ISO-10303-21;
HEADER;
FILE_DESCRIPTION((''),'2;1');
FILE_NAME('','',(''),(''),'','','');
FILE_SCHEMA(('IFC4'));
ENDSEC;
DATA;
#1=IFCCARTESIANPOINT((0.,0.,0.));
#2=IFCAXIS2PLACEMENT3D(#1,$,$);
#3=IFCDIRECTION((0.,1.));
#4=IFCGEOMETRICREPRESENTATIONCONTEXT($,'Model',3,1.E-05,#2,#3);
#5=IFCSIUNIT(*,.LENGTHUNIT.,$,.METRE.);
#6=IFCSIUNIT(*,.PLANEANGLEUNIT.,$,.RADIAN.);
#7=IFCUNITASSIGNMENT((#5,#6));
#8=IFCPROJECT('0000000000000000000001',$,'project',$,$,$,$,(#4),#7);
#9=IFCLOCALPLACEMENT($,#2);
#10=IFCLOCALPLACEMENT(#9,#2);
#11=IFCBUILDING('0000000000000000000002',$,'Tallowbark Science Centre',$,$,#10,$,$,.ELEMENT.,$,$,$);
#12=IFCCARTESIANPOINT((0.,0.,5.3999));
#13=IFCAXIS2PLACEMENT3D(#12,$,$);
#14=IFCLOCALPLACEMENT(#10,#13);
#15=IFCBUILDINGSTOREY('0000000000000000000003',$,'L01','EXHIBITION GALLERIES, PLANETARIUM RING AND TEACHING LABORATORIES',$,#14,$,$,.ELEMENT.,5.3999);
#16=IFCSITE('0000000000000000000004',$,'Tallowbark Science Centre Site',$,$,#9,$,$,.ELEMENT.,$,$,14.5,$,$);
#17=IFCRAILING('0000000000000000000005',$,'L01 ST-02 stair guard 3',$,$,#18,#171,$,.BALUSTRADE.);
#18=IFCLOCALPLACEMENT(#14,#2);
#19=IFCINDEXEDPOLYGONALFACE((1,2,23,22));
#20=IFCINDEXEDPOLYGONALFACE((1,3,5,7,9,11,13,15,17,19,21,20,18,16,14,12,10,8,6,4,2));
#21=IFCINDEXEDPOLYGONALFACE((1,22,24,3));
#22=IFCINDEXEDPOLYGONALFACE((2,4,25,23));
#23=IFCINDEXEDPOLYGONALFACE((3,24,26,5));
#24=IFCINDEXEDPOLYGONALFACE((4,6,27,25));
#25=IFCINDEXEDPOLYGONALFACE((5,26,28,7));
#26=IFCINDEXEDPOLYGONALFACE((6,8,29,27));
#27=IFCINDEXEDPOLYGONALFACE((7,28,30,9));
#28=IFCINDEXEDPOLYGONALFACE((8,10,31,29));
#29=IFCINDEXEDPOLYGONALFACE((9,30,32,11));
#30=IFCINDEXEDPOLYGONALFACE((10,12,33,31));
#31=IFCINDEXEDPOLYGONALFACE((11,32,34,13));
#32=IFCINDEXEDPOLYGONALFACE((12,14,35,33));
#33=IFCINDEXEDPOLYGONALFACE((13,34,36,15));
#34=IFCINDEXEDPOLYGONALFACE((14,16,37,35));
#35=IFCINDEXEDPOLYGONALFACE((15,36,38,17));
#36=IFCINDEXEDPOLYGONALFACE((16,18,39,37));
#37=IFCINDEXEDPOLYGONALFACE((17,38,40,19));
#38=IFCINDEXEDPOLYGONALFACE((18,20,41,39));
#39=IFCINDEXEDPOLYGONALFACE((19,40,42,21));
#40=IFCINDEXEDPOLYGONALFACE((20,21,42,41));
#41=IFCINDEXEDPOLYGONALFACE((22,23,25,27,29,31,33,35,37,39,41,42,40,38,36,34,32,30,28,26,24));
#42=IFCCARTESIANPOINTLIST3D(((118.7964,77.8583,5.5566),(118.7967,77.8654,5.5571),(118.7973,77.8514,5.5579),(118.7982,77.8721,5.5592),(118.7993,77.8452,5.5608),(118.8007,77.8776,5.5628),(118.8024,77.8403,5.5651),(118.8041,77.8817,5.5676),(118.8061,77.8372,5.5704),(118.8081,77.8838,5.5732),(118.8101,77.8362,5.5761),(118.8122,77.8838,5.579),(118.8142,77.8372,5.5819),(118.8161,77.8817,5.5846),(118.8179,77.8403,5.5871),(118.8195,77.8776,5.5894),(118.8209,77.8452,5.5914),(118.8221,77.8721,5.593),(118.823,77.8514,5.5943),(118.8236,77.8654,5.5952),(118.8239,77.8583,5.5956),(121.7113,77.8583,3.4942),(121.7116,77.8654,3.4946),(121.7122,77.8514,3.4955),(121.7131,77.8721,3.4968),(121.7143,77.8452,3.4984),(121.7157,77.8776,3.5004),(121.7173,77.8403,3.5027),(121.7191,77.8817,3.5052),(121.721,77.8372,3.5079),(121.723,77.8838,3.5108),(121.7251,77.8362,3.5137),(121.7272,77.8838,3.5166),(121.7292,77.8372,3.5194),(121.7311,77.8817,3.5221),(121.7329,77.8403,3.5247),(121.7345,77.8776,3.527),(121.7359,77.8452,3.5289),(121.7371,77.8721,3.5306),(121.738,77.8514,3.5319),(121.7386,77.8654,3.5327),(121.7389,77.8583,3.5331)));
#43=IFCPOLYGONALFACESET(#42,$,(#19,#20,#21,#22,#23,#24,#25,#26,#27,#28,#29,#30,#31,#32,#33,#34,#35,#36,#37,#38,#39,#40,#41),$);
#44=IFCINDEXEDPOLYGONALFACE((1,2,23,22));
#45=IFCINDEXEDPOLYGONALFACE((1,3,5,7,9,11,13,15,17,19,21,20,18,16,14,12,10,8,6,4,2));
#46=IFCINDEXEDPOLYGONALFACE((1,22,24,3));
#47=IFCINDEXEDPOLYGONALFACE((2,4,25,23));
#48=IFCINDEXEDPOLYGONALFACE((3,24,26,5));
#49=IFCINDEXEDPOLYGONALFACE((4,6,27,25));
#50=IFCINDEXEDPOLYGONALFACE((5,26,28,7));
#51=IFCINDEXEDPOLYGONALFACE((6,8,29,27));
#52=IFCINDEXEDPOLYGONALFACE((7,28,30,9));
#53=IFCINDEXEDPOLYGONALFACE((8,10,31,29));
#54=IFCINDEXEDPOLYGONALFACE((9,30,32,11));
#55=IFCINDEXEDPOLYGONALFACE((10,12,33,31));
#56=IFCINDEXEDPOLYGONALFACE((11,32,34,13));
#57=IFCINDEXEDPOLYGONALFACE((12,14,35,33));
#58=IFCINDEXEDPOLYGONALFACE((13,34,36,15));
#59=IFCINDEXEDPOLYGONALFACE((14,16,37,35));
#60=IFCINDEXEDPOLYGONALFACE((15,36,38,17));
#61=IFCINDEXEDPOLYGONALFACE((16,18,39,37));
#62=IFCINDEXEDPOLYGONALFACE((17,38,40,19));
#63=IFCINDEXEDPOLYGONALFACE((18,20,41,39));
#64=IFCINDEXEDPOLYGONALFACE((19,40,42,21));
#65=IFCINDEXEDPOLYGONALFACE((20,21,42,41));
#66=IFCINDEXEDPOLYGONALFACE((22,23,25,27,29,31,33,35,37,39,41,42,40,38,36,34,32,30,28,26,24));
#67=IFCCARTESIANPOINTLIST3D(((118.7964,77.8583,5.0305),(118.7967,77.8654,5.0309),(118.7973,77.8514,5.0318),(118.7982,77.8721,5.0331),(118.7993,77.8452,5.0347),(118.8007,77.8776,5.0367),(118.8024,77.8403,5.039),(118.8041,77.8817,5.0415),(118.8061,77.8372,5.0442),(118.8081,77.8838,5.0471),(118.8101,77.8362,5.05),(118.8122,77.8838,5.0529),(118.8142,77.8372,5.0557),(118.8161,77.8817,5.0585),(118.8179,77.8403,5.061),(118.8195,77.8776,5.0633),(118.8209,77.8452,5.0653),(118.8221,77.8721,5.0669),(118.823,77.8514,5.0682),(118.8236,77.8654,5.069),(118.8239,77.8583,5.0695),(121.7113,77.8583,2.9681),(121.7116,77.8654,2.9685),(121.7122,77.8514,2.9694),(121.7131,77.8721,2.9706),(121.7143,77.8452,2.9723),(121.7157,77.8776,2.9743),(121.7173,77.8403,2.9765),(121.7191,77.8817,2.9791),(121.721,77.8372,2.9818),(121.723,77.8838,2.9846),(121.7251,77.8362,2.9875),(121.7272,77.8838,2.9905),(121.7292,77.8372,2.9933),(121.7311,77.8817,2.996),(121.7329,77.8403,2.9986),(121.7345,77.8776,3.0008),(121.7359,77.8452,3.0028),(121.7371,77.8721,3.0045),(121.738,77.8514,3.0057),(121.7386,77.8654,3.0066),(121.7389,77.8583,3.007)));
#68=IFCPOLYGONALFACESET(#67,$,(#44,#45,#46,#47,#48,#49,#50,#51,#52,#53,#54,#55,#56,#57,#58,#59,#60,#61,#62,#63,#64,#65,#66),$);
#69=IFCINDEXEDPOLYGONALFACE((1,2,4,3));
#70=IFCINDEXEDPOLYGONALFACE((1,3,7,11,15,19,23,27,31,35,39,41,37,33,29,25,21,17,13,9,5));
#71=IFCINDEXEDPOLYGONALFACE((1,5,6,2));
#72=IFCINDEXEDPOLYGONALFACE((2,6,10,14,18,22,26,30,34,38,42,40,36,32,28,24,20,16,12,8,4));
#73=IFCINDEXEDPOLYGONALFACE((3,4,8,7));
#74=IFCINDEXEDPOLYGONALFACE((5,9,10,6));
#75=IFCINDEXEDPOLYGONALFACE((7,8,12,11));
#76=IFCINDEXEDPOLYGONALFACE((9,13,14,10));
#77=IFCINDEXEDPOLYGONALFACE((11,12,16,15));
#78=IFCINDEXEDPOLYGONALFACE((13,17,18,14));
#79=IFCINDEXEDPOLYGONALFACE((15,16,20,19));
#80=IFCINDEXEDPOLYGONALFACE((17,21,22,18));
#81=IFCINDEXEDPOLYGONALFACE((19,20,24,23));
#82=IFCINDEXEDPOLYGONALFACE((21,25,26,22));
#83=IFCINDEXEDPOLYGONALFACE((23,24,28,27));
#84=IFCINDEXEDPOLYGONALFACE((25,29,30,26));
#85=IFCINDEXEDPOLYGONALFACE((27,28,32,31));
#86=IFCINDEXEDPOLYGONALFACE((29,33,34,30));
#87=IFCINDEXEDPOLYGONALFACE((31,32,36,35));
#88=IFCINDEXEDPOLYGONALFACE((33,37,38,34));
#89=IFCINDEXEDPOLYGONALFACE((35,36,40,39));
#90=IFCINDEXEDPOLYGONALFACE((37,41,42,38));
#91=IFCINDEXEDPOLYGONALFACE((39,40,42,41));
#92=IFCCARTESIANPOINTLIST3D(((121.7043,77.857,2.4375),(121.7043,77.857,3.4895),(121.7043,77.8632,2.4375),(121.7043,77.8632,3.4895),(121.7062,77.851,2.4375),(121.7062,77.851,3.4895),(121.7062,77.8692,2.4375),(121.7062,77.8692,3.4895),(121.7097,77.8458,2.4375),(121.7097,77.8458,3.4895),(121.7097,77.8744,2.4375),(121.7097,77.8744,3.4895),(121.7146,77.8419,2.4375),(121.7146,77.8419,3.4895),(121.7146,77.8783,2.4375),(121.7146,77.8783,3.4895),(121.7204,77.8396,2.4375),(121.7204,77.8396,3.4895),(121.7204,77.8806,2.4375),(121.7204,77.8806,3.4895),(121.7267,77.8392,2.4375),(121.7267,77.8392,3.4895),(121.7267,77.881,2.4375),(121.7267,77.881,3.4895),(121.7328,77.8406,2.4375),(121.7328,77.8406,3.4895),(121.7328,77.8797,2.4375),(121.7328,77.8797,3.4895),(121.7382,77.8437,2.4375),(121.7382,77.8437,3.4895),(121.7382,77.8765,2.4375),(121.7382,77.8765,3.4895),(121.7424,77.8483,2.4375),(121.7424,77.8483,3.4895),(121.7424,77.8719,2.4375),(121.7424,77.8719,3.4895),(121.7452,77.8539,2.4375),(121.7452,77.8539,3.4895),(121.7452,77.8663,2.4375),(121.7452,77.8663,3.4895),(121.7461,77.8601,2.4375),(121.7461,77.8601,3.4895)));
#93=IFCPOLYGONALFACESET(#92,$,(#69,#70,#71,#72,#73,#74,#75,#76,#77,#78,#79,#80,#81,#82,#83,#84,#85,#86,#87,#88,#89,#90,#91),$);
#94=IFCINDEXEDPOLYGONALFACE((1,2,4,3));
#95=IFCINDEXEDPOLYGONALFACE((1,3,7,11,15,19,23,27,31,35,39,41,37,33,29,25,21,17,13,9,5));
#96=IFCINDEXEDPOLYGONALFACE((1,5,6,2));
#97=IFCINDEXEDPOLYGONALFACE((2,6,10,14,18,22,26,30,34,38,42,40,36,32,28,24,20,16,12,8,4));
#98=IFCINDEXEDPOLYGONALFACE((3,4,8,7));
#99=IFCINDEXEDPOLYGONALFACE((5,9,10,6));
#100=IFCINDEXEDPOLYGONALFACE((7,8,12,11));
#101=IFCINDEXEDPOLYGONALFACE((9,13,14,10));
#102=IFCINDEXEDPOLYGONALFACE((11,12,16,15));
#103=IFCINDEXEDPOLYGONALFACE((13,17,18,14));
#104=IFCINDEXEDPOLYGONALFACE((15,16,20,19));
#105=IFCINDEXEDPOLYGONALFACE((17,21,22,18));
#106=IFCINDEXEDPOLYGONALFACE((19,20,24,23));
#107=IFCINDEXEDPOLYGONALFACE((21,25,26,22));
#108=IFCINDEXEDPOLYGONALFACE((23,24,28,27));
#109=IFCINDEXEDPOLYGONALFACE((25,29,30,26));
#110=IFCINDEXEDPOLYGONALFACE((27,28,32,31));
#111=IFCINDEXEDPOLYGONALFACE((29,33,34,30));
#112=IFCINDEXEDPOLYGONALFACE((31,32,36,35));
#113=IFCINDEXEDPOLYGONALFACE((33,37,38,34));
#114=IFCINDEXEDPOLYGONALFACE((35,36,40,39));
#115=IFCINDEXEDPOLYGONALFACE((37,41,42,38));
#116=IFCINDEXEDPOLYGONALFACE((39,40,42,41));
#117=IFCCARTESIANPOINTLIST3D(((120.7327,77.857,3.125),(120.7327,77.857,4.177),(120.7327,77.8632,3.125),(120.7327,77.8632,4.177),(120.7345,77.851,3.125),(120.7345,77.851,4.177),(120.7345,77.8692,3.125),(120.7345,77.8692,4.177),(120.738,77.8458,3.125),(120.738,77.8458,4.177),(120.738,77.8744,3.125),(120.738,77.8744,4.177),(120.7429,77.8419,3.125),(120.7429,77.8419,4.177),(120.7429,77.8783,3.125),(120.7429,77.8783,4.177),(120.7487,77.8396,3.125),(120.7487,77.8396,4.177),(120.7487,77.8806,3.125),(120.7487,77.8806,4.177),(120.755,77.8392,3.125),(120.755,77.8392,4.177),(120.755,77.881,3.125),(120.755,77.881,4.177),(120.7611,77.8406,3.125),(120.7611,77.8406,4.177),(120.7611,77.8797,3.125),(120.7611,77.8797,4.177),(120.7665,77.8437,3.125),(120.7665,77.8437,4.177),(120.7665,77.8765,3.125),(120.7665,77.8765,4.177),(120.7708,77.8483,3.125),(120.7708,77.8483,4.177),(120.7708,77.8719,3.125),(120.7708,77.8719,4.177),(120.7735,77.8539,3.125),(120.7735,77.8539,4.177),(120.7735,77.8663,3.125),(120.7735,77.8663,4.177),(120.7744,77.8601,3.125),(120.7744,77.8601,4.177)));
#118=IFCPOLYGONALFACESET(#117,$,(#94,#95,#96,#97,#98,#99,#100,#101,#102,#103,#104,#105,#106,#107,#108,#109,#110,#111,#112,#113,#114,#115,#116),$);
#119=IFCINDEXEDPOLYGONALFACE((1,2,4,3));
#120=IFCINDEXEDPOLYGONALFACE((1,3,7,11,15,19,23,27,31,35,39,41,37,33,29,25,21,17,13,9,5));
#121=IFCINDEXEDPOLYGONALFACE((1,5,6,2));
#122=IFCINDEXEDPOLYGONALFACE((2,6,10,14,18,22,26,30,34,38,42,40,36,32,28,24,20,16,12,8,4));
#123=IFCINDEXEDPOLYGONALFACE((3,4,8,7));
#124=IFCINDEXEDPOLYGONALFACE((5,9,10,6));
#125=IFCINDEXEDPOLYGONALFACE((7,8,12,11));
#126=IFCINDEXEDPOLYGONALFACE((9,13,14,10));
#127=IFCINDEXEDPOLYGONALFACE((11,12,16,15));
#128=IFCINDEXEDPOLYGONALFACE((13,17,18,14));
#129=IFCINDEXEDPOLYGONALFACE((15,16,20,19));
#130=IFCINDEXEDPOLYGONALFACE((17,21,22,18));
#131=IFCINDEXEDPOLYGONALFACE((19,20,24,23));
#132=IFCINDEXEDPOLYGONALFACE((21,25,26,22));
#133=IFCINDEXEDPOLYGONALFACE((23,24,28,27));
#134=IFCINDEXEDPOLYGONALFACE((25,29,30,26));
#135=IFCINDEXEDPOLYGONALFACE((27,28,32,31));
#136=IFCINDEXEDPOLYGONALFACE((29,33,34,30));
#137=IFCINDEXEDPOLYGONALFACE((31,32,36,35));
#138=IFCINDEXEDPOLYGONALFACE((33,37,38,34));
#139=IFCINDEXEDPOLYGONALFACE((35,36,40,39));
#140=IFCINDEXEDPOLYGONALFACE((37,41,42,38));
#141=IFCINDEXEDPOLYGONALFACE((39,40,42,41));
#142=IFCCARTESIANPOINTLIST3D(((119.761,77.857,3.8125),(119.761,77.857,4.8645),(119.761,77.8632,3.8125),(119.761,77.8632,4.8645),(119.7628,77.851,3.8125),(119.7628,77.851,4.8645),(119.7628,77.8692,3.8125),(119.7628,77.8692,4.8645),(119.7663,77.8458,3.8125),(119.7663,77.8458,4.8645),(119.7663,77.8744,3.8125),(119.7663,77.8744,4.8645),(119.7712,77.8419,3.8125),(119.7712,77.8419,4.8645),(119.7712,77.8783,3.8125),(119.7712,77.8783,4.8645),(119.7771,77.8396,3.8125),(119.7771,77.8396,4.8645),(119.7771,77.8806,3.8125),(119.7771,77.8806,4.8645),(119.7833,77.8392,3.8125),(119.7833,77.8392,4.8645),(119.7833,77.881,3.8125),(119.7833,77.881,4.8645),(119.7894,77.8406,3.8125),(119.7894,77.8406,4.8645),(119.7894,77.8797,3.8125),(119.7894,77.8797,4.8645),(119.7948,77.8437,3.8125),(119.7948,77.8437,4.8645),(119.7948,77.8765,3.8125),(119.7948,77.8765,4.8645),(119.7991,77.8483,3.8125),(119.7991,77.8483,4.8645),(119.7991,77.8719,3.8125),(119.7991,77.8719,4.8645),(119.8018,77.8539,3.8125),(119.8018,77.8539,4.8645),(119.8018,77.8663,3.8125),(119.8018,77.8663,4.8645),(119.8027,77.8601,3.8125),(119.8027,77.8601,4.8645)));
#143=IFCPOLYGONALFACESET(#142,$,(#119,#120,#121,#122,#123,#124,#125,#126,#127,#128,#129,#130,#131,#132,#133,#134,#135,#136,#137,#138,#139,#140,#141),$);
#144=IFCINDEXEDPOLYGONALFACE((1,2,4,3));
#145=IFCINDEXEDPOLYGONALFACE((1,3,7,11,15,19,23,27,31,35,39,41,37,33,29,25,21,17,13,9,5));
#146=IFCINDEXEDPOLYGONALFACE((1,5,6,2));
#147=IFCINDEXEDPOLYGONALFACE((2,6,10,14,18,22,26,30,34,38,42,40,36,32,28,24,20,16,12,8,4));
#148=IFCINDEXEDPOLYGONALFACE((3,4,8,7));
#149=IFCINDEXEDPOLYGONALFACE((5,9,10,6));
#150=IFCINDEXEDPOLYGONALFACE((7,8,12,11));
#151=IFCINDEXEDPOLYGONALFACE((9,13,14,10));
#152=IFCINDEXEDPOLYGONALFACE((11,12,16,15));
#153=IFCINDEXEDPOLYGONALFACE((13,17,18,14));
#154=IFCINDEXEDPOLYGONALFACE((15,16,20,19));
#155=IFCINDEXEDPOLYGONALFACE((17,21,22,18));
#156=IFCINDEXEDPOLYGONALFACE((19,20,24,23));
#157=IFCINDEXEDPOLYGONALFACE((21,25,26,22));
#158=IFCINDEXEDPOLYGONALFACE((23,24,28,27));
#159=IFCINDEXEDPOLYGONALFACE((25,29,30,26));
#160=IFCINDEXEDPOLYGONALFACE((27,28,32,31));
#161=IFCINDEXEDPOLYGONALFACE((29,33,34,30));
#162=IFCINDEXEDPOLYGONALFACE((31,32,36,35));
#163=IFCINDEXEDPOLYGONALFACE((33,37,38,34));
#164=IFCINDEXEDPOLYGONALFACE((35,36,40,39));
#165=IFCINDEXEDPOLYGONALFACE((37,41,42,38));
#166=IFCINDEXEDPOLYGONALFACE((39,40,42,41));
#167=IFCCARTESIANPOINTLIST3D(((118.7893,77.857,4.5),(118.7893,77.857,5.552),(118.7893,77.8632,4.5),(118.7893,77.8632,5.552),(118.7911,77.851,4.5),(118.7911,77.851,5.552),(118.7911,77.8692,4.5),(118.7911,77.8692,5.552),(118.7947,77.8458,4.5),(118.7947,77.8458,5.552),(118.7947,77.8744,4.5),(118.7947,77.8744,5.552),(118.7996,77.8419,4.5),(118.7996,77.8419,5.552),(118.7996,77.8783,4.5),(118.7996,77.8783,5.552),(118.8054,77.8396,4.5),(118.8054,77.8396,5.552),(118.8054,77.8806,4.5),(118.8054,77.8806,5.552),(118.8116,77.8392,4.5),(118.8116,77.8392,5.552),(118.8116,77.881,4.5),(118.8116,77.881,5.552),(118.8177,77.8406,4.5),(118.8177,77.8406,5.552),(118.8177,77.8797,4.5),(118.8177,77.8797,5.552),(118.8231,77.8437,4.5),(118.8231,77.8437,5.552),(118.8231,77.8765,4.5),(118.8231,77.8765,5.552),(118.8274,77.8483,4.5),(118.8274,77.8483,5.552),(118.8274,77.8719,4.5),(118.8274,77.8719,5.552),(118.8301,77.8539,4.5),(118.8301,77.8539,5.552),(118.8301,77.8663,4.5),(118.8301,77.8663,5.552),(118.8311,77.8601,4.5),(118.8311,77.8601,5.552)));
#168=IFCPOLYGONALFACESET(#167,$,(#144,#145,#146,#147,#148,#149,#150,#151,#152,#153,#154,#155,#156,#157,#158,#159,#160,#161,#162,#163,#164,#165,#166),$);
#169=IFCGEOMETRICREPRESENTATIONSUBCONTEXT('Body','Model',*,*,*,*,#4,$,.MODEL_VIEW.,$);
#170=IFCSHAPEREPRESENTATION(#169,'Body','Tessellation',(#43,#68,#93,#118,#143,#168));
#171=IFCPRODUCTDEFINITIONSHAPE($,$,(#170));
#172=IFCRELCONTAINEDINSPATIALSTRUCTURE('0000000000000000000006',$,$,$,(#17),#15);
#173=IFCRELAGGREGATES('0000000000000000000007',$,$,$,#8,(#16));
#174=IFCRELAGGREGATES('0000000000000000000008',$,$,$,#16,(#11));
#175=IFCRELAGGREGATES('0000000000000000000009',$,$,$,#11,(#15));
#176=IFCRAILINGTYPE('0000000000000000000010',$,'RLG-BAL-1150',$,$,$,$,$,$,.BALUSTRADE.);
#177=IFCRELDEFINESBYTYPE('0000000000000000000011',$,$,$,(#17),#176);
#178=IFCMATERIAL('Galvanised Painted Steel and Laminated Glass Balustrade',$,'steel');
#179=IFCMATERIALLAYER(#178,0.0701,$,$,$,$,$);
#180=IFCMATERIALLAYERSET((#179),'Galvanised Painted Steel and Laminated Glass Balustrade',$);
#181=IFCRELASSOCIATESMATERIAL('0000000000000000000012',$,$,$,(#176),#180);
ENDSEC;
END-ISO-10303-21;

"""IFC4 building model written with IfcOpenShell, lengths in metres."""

from ifc_helpers import new_model, si_unit, direction, frame, origin, origin_2d, place, context, subcontext, project, spatial, circle, extrude, material, layer, layer_set, type_object, element, save


model = new_model("IFC4")

# Units and contexts
model_context = context("Model", 3, precision=1e-05, world=origin(), true_north=direction((0.0, 1.0)))
body_context = subcontext(model_context, "Body", "Model", "MODEL_VIEW")
ifc_project = project(units=[si_unit("LENGTHUNIT", "METRE"), si_unit("PLANEANGLEUNIT", "RADIAN")], contexts=[model_context])

# Site, building, storey
site_placement = place(None, origin())
site = spatial("IfcSite", under=ifc_project, at=site_placement, Name="Tallowbark Science Centre Site", CompositionType="ELEMENT", RefElevation=14.5)
building_placement = place(site_placement, origin())
building = spatial("IfcBuilding", under=site, at=building_placement, Name="Tallowbark Science Centre", CompositionType="ELEMENT")
storey_placement = place(building_placement, frame((0.0, 0.0, 5.3999)))
storey = spatial("IfcBuildingStorey", under=building, at=storey_placement, Name="L01", Description="EXHIBITION GALLERIES, PLANETARIUM RING AND TEACHING LABORATORIES", CompositionType="ELEMENT", Elevation=5.3999)

# Railing
ifc_material_1 = material(Name="Galvanised Painted Steel and Laminated Glass Balustrade", Category="steel")
ifc_layer_1 = layer(ifc_material_1, 0.0701)
ifc_layer_set_1 = layer_set([ifc_layer_1], Name="Galvanised Painted Steel and Laminated Glass Balustrade")
railing_type_1 = type_object("IfcRailingType", Name="RLG-BAL-1150", PredefinedType="BALUSTRADE", material=ifc_layer_set_1)
railing_1_placement = place(storey_placement, frame((121.7251, 77.8601, 2.4375)))
element("IfcRailing", 1, at=railing_1_placement, inside=storey, type_object=railing_type_1, Name="L01 ST-02 stair guard 3", PredefinedType="BALUSTRADE", context=body_context, shape_type="SweptSolid", body=[
    extrude(circle(Radius=0.0239, at=origin_2d()), frame((0.0, 0.0, 1.0762), z_axis=(-0.816331, 0.0, 0.577585), x_axis=(0.0, -1.0, 0.0)), (0.0, 0.0, 1.0), 3.5708),
    extrude(circle(Radius=0.0239, at=origin_2d()), frame((0.0, 0.0, 0.55), z_axis=(-0.816331, 0.0, 0.577585), x_axis=(0.0, -1.0, 0.0)), (0.0, 0.0, 1.0), 3.5708),
    extrude(circle(Radius=0.021, at=origin_2d()), origin(), (0.0, 0.0, 1.0), 1.052),
    extrude(circle(Radius=0.021, at=origin_2d()), frame((-0.9717, 0.0, 0.6875)), (0.0, 0.0, 1.0), 1.052),
    extrude(circle(Radius=0.021, at=origin_2d()), frame((-1.9434, 0.0, 1.375)), (0.0, 0.0, 1.0), 1.052),
    extrude(circle(Radius=0.021, at=origin_2d()), frame((-2.915, 0.0, 2.0625)), (0.0, 0.0, 1.0), 1.052),
])

save(model, "model.ifc")
